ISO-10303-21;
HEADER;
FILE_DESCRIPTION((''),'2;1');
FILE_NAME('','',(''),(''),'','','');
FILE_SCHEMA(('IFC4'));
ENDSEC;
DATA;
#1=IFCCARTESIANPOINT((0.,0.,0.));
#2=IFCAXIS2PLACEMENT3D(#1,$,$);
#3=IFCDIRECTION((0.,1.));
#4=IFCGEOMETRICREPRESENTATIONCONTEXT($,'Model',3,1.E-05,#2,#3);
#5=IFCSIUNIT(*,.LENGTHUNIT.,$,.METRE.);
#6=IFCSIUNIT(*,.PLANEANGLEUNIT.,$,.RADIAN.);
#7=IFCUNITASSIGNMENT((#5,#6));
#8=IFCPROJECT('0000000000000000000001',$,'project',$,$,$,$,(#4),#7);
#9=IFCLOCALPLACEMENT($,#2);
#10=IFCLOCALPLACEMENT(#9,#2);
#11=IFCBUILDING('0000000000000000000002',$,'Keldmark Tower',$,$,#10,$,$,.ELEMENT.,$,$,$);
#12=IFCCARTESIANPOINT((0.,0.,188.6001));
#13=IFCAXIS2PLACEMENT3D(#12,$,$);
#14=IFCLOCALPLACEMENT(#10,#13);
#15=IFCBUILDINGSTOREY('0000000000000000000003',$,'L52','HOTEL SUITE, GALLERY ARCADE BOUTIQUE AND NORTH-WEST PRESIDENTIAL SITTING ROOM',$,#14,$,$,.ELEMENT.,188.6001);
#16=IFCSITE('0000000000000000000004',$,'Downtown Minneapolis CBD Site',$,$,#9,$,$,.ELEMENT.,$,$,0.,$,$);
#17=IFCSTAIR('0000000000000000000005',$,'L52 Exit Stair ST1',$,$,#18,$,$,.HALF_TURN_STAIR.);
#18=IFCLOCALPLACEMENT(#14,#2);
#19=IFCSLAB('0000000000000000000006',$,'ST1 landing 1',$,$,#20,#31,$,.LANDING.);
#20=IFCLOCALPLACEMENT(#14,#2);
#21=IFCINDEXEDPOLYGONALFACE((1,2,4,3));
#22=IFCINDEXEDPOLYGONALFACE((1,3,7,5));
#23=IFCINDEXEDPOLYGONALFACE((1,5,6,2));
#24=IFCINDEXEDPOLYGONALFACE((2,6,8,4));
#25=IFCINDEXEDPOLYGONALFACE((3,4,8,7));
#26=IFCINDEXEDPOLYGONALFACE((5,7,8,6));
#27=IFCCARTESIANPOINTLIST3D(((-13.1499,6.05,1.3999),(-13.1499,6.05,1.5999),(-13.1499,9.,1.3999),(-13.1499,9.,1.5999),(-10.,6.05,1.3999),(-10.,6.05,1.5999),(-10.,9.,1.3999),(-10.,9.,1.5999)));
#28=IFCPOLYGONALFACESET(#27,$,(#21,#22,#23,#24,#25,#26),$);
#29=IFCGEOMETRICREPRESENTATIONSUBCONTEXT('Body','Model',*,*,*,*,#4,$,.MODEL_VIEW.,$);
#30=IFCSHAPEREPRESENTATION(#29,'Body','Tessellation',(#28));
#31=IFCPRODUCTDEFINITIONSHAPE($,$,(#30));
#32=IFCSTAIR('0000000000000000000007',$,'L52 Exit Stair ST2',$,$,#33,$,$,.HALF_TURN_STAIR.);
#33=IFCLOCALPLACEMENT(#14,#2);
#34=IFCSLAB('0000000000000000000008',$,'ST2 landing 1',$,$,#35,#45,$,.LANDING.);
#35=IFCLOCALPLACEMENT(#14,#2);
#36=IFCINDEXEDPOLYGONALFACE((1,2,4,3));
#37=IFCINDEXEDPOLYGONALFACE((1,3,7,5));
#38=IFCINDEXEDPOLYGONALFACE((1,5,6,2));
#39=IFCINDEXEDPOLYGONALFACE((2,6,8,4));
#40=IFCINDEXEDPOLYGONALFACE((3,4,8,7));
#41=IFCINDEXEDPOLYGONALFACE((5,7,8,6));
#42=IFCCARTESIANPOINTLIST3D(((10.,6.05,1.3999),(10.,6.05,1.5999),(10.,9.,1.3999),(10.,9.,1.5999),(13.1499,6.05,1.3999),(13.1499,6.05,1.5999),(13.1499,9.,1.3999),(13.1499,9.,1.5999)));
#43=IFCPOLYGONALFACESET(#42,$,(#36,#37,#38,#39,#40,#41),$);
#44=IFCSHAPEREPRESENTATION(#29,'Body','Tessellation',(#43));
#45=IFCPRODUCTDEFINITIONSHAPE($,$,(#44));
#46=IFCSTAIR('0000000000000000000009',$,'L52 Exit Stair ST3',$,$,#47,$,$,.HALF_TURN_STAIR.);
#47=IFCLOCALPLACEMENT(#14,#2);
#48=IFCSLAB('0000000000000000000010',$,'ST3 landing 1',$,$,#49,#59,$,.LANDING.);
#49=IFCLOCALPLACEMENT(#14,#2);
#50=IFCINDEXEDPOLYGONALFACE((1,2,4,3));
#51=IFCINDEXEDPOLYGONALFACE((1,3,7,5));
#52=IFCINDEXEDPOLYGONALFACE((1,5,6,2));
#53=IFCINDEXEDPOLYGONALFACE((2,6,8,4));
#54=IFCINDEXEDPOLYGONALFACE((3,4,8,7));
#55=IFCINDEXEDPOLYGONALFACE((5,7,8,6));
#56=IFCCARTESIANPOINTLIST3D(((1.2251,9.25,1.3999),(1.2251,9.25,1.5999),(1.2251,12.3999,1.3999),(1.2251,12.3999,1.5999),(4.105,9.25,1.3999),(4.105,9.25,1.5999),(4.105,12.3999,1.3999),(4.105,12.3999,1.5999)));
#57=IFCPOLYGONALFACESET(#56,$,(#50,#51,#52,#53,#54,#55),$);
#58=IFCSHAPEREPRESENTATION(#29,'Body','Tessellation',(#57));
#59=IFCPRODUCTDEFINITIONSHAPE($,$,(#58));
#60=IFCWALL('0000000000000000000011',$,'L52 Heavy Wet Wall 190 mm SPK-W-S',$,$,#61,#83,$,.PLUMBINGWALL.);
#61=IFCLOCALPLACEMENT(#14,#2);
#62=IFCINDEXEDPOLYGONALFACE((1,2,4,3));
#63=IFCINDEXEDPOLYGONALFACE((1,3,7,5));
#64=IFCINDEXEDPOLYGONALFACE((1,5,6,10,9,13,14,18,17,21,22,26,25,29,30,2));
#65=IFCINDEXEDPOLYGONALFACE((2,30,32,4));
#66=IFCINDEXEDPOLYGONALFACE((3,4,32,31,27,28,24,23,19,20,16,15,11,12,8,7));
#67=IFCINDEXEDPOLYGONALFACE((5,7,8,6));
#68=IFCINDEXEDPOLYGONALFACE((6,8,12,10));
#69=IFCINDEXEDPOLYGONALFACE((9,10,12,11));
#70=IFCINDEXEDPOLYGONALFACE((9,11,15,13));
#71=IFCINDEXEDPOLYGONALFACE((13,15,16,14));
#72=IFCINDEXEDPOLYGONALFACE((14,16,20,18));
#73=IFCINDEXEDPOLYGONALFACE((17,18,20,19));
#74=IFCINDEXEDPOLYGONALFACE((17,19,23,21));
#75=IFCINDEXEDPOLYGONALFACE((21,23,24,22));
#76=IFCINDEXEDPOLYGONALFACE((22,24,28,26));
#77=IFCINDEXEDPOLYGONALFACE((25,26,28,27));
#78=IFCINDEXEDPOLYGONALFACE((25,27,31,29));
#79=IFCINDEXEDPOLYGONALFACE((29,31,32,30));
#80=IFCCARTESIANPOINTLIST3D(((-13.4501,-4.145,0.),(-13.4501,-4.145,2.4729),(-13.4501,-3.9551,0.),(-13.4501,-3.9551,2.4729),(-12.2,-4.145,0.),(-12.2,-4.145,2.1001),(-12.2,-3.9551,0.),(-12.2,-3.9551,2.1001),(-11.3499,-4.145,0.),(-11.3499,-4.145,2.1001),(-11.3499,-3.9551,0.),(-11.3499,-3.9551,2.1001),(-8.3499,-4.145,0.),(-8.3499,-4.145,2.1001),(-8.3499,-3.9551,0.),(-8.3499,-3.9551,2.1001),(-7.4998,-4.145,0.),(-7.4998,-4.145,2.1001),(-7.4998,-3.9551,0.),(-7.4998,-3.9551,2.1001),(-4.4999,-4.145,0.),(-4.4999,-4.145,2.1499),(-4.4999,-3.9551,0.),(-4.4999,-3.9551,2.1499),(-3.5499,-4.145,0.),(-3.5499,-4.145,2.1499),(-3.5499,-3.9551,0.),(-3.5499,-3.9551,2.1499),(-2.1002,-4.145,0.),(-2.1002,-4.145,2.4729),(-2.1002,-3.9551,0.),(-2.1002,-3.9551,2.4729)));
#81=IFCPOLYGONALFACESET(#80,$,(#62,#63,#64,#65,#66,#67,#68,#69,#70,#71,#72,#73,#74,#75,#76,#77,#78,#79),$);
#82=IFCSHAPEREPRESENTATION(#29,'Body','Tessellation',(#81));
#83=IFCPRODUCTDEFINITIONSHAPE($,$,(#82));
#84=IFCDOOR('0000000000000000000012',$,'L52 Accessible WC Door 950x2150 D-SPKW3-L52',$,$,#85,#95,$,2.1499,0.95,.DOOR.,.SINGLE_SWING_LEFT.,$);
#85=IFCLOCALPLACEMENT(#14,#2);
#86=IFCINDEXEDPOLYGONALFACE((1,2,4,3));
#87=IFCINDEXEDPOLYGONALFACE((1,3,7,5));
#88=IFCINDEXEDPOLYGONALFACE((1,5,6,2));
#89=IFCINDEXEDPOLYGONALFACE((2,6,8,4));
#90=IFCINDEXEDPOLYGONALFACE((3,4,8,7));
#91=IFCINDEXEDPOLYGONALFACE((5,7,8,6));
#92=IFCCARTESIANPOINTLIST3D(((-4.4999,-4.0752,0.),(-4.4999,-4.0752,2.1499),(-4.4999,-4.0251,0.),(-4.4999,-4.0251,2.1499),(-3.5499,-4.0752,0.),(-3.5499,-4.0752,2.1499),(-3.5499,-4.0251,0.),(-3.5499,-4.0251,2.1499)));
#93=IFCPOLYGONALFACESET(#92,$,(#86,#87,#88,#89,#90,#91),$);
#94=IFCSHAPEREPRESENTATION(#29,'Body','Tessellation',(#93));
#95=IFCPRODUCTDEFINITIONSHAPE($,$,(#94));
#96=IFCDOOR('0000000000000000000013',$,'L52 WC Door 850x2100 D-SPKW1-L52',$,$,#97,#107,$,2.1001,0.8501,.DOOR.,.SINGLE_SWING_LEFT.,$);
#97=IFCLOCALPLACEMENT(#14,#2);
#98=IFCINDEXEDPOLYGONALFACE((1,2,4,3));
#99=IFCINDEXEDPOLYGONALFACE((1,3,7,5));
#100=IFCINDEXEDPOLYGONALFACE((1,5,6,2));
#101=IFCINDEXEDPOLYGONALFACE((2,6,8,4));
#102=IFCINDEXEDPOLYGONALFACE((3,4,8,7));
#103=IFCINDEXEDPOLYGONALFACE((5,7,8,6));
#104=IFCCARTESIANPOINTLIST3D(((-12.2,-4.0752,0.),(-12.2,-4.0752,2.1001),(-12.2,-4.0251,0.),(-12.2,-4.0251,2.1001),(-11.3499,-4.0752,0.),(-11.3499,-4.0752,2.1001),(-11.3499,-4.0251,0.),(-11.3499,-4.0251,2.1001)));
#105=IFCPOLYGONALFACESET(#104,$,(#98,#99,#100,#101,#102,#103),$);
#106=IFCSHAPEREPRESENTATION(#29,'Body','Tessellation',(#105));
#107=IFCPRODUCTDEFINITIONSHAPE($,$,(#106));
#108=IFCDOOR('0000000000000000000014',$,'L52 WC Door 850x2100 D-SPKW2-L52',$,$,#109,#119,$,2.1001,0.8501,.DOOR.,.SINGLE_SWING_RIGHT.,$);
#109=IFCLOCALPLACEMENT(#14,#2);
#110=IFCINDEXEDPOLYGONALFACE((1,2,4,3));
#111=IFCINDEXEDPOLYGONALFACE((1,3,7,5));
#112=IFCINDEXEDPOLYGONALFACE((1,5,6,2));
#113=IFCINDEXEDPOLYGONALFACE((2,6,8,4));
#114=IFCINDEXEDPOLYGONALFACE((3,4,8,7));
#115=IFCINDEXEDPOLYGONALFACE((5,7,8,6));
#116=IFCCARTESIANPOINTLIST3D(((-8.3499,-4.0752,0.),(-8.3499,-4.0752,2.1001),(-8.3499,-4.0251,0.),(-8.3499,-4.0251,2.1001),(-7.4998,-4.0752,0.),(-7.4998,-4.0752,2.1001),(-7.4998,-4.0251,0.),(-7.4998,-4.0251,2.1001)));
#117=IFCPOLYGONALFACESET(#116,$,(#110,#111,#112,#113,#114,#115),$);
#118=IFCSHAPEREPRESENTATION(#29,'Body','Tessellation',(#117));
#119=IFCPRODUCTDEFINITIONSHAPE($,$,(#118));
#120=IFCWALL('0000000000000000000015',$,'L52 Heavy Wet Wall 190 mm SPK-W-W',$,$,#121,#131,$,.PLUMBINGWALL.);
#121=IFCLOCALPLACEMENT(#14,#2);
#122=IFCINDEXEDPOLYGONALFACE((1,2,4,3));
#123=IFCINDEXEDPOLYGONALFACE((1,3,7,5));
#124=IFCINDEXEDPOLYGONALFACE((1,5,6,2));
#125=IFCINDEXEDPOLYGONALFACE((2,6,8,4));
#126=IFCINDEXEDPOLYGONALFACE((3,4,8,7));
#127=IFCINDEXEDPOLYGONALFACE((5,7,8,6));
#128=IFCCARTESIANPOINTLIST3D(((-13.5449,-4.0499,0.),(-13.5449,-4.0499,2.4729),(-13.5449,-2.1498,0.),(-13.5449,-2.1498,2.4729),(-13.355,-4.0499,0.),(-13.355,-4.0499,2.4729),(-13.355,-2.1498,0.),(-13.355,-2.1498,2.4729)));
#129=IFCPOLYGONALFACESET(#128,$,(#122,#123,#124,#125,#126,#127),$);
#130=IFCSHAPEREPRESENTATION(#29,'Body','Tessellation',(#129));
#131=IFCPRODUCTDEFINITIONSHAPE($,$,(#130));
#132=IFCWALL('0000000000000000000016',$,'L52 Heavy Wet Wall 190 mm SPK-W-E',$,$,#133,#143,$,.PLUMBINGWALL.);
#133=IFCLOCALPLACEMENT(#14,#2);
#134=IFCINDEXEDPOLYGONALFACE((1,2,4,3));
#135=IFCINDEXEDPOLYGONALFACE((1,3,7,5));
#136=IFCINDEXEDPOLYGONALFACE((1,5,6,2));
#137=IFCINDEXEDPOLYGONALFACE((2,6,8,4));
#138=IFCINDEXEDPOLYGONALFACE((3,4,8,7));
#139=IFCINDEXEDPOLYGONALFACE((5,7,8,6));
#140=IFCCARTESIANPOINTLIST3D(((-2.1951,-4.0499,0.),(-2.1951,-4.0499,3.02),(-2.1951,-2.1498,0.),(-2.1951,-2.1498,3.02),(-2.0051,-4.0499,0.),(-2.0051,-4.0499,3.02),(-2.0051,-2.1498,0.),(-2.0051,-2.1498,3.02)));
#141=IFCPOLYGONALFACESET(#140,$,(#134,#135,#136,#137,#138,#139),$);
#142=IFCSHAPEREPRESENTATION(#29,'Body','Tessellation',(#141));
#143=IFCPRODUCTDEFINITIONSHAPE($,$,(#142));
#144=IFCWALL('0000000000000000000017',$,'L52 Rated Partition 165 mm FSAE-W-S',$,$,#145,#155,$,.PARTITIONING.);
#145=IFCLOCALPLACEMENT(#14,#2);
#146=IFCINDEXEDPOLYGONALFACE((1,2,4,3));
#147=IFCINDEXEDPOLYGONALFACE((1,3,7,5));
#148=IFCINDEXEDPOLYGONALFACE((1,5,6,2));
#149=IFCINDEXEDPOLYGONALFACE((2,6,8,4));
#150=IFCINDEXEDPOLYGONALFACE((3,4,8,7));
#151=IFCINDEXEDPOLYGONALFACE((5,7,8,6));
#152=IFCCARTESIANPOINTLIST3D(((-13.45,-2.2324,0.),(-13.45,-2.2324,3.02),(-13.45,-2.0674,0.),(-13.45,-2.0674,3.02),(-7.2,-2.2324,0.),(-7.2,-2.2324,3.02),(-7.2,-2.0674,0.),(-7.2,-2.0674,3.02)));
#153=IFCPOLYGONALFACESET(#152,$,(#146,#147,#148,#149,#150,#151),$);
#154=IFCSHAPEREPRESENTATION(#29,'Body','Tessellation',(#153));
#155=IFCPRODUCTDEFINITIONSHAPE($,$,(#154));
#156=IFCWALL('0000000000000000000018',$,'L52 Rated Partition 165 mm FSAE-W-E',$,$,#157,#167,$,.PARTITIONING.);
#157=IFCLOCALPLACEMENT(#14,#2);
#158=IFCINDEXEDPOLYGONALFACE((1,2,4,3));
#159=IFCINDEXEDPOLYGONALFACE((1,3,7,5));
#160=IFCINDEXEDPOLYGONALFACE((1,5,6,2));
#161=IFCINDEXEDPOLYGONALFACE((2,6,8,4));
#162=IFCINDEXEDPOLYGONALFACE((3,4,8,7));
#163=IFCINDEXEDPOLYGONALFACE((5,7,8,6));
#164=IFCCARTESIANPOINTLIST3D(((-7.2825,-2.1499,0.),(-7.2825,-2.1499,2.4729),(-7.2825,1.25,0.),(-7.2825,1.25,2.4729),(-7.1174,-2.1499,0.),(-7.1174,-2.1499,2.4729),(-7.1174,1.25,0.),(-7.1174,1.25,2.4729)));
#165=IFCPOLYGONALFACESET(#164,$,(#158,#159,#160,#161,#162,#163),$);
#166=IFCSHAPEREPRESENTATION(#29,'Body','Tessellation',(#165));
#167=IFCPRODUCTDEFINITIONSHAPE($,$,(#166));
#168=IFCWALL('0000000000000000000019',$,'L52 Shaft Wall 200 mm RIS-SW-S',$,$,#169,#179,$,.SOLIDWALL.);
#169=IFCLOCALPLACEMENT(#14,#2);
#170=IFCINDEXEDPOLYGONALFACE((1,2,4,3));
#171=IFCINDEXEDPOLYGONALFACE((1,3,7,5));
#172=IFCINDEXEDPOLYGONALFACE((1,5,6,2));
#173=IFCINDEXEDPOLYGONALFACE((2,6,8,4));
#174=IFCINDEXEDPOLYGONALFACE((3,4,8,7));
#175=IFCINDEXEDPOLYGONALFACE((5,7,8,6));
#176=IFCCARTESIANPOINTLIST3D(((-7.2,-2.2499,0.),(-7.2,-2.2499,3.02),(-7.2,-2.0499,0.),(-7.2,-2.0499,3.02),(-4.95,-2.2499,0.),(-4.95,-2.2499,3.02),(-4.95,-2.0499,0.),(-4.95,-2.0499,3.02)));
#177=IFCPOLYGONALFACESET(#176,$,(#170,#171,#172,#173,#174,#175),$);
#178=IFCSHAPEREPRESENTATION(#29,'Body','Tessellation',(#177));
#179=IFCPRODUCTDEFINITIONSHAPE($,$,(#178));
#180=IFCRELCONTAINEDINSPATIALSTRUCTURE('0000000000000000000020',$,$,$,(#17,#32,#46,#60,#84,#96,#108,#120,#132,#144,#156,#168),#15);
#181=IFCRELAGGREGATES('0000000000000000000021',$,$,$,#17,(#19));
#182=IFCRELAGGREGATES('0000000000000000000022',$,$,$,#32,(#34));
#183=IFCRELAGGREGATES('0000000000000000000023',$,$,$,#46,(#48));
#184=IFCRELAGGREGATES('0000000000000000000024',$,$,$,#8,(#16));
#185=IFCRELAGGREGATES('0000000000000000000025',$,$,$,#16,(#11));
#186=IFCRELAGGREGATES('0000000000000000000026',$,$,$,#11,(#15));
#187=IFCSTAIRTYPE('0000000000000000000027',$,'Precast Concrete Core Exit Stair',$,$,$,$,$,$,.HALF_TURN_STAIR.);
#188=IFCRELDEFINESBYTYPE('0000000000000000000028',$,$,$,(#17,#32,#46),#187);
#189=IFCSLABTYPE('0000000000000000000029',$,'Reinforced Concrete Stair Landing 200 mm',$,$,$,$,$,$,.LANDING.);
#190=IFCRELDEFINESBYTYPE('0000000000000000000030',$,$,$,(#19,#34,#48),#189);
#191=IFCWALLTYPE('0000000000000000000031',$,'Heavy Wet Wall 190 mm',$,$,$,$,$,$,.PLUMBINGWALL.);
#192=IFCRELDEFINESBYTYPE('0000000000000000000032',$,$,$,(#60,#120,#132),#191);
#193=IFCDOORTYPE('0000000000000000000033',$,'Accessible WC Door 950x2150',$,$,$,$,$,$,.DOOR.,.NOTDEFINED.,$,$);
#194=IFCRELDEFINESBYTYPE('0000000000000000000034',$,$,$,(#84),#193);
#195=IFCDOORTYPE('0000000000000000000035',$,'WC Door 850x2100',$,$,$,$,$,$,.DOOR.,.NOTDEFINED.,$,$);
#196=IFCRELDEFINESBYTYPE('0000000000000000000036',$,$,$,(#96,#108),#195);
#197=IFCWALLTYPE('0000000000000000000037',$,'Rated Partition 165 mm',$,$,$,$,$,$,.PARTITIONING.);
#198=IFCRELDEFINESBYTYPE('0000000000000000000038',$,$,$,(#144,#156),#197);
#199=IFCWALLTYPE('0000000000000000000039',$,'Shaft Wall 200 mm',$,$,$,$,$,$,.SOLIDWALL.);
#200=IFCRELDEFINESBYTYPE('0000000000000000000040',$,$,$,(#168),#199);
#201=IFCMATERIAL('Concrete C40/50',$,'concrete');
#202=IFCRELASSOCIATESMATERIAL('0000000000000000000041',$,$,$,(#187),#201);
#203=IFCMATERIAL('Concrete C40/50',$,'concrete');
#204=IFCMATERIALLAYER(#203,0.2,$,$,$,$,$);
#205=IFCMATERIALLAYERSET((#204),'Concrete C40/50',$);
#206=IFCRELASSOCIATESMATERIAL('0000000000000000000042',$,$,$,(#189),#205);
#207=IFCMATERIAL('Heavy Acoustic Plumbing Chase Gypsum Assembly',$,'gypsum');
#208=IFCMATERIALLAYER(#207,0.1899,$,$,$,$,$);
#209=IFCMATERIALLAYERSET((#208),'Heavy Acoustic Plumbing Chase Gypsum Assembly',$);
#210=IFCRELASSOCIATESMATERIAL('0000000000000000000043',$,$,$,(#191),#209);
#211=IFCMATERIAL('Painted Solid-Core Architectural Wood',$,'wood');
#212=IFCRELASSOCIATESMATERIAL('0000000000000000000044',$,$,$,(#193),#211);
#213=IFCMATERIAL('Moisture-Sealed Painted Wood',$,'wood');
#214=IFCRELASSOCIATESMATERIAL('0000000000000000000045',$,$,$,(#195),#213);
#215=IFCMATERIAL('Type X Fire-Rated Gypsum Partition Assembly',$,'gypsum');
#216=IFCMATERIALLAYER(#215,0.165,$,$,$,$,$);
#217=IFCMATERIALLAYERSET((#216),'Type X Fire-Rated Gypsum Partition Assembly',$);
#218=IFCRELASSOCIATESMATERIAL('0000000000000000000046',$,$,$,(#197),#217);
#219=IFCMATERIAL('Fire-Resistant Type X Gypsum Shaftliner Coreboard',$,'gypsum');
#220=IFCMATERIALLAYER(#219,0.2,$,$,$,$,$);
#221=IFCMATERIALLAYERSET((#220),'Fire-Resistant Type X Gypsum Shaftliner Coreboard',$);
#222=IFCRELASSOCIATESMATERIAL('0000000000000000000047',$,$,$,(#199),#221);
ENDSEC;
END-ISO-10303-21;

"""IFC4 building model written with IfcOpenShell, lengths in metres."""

from ifc_helpers import new_model, si_unit, direction, frame, frame_2d, origin, place, context, subcontext, project, spatial, polyline, rectangle, outline, extrude, material, layer, layer_set, type_object, element, fill, aggregate, save


model = new_model("IFC4")

# Units and contexts
model_context = context("Model", 3, precision=1e-05, world=origin(), true_north=direction((0.0, 1.0)))
body_context = subcontext(model_context, "Body", "Model", "MODEL_VIEW")
ifc_project = project(units=[si_unit("LENGTHUNIT", "METRE"), si_unit("PLANEANGLEUNIT", "RADIAN")], contexts=[model_context])

# Site, building, storey
site_placement = place(None, origin())
site = spatial("IfcSite", under=ifc_project, at=site_placement, Name="Downtown Minneapolis CBD Site", CompositionType="ELEMENT", RefElevation=0.0)
building_placement = place(site_placement, origin())
building = spatial("IfcBuilding", under=site, at=building_placement, Name="Keldmark Tower", CompositionType="ELEMENT")
storey_placement = place(building_placement, frame((0.0, 0.0, 188.6001)))
storey = spatial("IfcBuildingStorey", under=building, at=storey_placement, Name="L52", Description="HOTEL SUITE, GALLERY ARCADE BOUTIQUE AND NORTH-WEST PRESIDENTIAL SITTING ROOM", CompositionType="ELEMENT", Elevation=188.6001)

# Stairs, slabs
ifc_material_1 = material(Name="Concrete C40/50", Category="concrete")
stair_type = type_object("IfcStairType", Name="Precast Concrete Core Exit Stair", PredefinedType="HALF_TURN_STAIR", material=ifc_material_1)
stair_1_placement = place(storey_placement, origin())
stair_1 = element("IfcStair", 1, at=stair_1_placement, inside=storey, type_object=stair_type, Name="L52 Exit Stair ST1", PredefinedType="HALF_TURN_STAIR")
ifc_material_2 = material(Name="Concrete C40/50", Category="concrete")
ifc_layer_1 = layer(ifc_material_2, 0.2)
ifc_layer_set_1 = layer_set([ifc_layer_1], Name="Concrete C40/50")
slab_type_1 = type_object("IfcSlabType", Name="Reinforced Concrete Stair Landing 200 mm", PredefinedType="LANDING", material=ifc_layer_set_1)
slab_1_placement = place(storey_placement, frame((0.0, 0.0, 1.3999)))
slab_1 = element("IfcSlab", 2, at=slab_1_placement, type_object=slab_type_1, Name="ST1 landing 1", PredefinedType="LANDING", context=body_context, shape_type="SweptSolid", body=[
    extrude(outline(polyline([(-10.0, 6.05), (-10.0, 9.0), (-13.1499, 9.0), (-13.1499, 6.05), (-10.0, 6.05)])), origin(), (0.0, 0.0, 1.0), 0.2),
])
aggregate(stair_1, [slab_1])
stair_2_placement = place(storey_placement, origin())
stair_2 = element("IfcStair", 3, at=stair_2_placement, inside=storey, type_object=stair_type, Name="L52 Exit Stair ST2", PredefinedType="HALF_TURN_STAIR")
slab_2_placement = place(storey_placement, frame((0.0, 0.0, 1.3999)))
slab_2 = element("IfcSlab", 4, at=slab_2_placement, type_object=slab_type_1, Name="ST2 landing 1", PredefinedType="LANDING", context=body_context, shape_type="SweptSolid", body=[
    extrude(outline(polyline([(13.1499, 6.05), (13.1499, 9.0), (10.0, 9.0), (10.0, 6.05), (13.1499, 6.05)])), origin(), (0.0, 0.0, 1.0), 0.2),
])
aggregate(stair_2, [slab_2])
stair_3_placement = place(storey_placement, origin())
stair_3 = element("IfcStair", 5, at=stair_3_placement, inside=storey, type_object=stair_type, Name="L52 Exit Stair ST3", PredefinedType="HALF_TURN_STAIR")
slab_3_placement = place(storey_placement, frame((0.0, 0.0, 1.3999)))
slab_3 = element("IfcSlab", 6, at=slab_3_placement, type_object=slab_type_1, Name="ST3 landing 1", PredefinedType="LANDING", context=body_context, shape_type="SweptSolid", body=[
    extrude(outline(polyline([(1.2251, 9.25), (4.105, 9.25), (4.105, 12.3999), (1.2251, 12.3999), (1.2251, 9.25)])), origin(), (0.0, 0.0, 1.0), 0.2),
])
aggregate(stair_3, [slab_3])

# Wall, openings, doors
ifc_material_3 = material(Name="Heavy Acoustic Plumbing Chase Gypsum Assembly", Category="gypsum")
ifc_layer_2 = layer(ifc_material_3, 0.1899)
ifc_layer_set_2 = layer_set([ifc_layer_2], Name="Heavy Acoustic Plumbing Chase Gypsum Assembly")
wall_type_1 = type_object("IfcWallType", Name="Heavy Wet Wall 190 mm", PredefinedType="PLUMBINGWALL", material=ifc_layer_set_2)
wall_1_placement = place(storey_placement, frame((-13.45, -4.05, 0.0), z_axis=(0.0, 0.0, 1.0), x_axis=(1.0, 0.0, 0.0)))
wall_1 = element("IfcWall", 7, at=wall_1_placement, inside=storey, type_object=wall_type_1, Name="L52 Heavy Wet Wall 190 mm SPK-W-S", PredefinedType="PLUMBINGWALL", context=body_context, shape_type="SweptSolid", body=[
    extrude(rectangle(XDim=11.3499, YDim=0.1899, at=frame_2d((5.6748, 0.0))), origin(), (0.0, 0.0, 1.0), 2.4729),
])
opening_1_placement = place(wall_1_placement, frame((1.25, 0.0, 0.0)))
opening_1 = element("IfcOpeningElement", 8, at=opening_1_placement, cuts=wall_1, PredefinedType="OPENING", context=body_context, shape_type="SweptSolid", body=[
    extrude(rectangle(XDim=0.8501, YDim=2.1001, at=frame_2d((0.425, 1.05))), frame((0.0, 0.105, 0.0), z_axis=(0.0, -1.0, 0.0), x_axis=(1.0, 0.0, 0.0)), (0.0, 0.0, 1.0), 0.21),
])
opening_2_placement = place(wall_1_placement, frame((5.1001, 0.0, 0.0)))
opening_2 = element("IfcOpeningElement", 9, at=opening_2_placement, cuts=wall_1, PredefinedType="OPENING", context=body_context, shape_type="SweptSolid", body=[
    extrude(rectangle(XDim=0.8501, YDim=2.1001, at=frame_2d((0.425, 1.05))), frame((0.0, 0.105, 0.0), z_axis=(0.0, -1.0, 0.0), x_axis=(1.0, 0.0, 0.0)), (0.0, 0.0, 1.0), 0.21),
])
opening_3_placement = place(wall_1_placement, frame((8.95, 0.0, 0.0)))
opening_3 = element("IfcOpeningElement", 10, at=opening_3_placement, cuts=wall_1, PredefinedType="OPENING", context=body_context, shape_type="SweptSolid", body=[
    extrude(rectangle(XDim=0.95, YDim=2.1499, at=frame_2d((0.4751, 1.075))), frame((0.0, 0.105, 0.0), z_axis=(0.0, -1.0, 0.0), x_axis=(1.0, 0.0, 0.0)), (0.0, 0.0, 1.0), 0.21),
])
ifc_material_4 = material(Name="Painted Solid-Core Architectural Wood", Category="wood")
door_type_1 = type_object("IfcDoorType", Name="Accessible WC Door 950x2150", OperationType="NOTDEFINED", PredefinedType="DOOR", material=ifc_material_4)
door_1_placement = place(opening_3_placement, origin())
door_1 = element("IfcDoor", 11, at=door_1_placement, inside=storey, type_object=door_type_1, Name="L52 Accessible WC Door 950x2150 D-SPKW3-L52", OperationType="SINGLE_SWING_LEFT", OverallHeight=2.1499, OverallWidth=0.95, PredefinedType="DOOR", context=body_context, shape_type="SweptSolid", body=[
    extrude(rectangle(XDim=0.95, YDim=2.1499, at=frame_2d((0.4751, 1.075))), frame((0.0, 0.0249, 0.0), z_axis=(0.0, -1.0, 0.0), x_axis=(1.0, 0.0, 0.0)), (0.0, 0.0, 1.0), 0.05),
])
fill(opening_3, door_1)
ifc_material_5 = material(Name="Moisture-Sealed Painted Wood", Category="wood")
door_type_2 = type_object("IfcDoorType", Name="WC Door 850x2100", OperationType="NOTDEFINED", PredefinedType="DOOR", material=ifc_material_5)
door_2_placement = place(opening_1_placement, origin())
door_2 = element("IfcDoor", 12, at=door_2_placement, inside=storey, type_object=door_type_2, Name="L52 WC Door 850x2100 D-SPKW1-L52", OperationType="SINGLE_SWING_LEFT", OverallHeight=2.1001, OverallWidth=0.8501, PredefinedType="DOOR", context=body_context, shape_type="SweptSolid", body=[
    extrude(rectangle(XDim=0.8501, YDim=2.1001, at=frame_2d((0.425, 1.05))), frame((0.0, 0.0249, 0.0), z_axis=(0.0, -1.0, 0.0), x_axis=(1.0, 0.0, 0.0)), (0.0, 0.0, 1.0), 0.05),
])
fill(opening_1, door_2)
door_3_placement = place(opening_2_placement, origin())
door_3 = element("IfcDoor", 13, at=door_3_placement, inside=storey, type_object=door_type_2, Name="L52 WC Door 850x2100 D-SPKW2-L52", OperationType="SINGLE_SWING_RIGHT", OverallHeight=2.1001, OverallWidth=0.8501, PredefinedType="DOOR", context=body_context, shape_type="SweptSolid", body=[
    extrude(rectangle(XDim=0.8501, YDim=2.1001, at=frame_2d((0.425, 1.05))), frame((0.0, 0.0249, 0.0), z_axis=(0.0, -1.0, 0.0), x_axis=(1.0, 0.0, 0.0)), (0.0, 0.0, 1.0), 0.05),
])
fill(opening_2, door_3)

# Walls
wall_2_placement = place(storey_placement, frame((-13.45, -4.05, 0.0), z_axis=(0.0, 0.0, 1.0), x_axis=(0.0, 1.0, 0.0)))
element("IfcWall", 14, at=wall_2_placement, inside=storey, type_object=wall_type_1, Name="L52 Heavy Wet Wall 190 mm SPK-W-W", PredefinedType="PLUMBINGWALL", context=body_context, shape_type="SweptSolid", body=[
    extrude(rectangle(XDim=1.9001, YDim=0.1899, at=frame_2d((0.9502, 0.0))), origin(), (0.0, 0.0, 1.0), 2.4729),
])
wall_3_placement = place(storey_placement, frame((-2.1001, -4.05, 0.0), z_axis=(0.0, 0.0, 1.0), x_axis=(0.0, 1.0, 0.0)))
element("IfcWall", 15, at=wall_3_placement, inside=storey, type_object=wall_type_1, Name="L52 Heavy Wet Wall 190 mm SPK-W-E", PredefinedType="PLUMBINGWALL", context=body_context, shape_type="SweptSolid", body=[
    extrude(rectangle(XDim=1.9001, YDim=0.1899, at=frame_2d((0.9502, 0.0))), origin(), (0.0, 0.0, 1.0), 3.02),
])
ifc_material_6 = material(Name="Type X Fire-Rated Gypsum Partition Assembly", Category="gypsum")
ifc_layer_3 = layer(ifc_material_6, 0.165)
ifc_layer_set_3 = layer_set([ifc_layer_3], Name="Type X Fire-Rated Gypsum Partition Assembly")
wall_type_2 = type_object("IfcWallType", Name="Rated Partition 165 mm", PredefinedType="PARTITIONING", material=ifc_layer_set_3)
wall_4_placement = place(storey_placement, frame((-13.45, -2.1499, 0.0), z_axis=(0.0, 0.0, 1.0), x_axis=(1.0, 0.0, 0.0)))
element("IfcWall", 16, at=wall_4_placement, inside=storey, type_object=wall_type_2, Name="L52 Rated Partition 165 mm FSAE-W-S", PredefinedType="PARTITIONING", context=body_context, shape_type="SweptSolid", body=[
    extrude(rectangle(XDim=6.25, YDim=0.165, at=frame_2d((3.125, 0.0))), origin(), (0.0, 0.0, 1.0), 3.02),
])

# Walls
wall_5_placement = place(storey_placement, frame((-7.2, -2.1499, 0.0), z_axis=(0.0, 0.0, 1.0), x_axis=(0.0, 1.0, 0.0)))
element("IfcWall", 17, at=wall_5_placement, inside=storey, type_object=wall_type_2, Name="L52 Rated Partition 165 mm FSAE-W-E", PredefinedType="PARTITIONING", context=body_context, shape_type="SweptSolid", body=[
    extrude(rectangle(XDim=3.3999, YDim=0.165, at=frame_2d((1.7, 0.0))), origin(), (0.0, 0.0, 1.0), 2.4729),
])
ifc_material_7 = material(Name="Fire-Resistant Type X Gypsum Shaftliner Coreboard", Category="gypsum")
ifc_layer_4 = layer(ifc_material_7, 0.2)
ifc_layer_set_4 = layer_set([ifc_layer_4], Name="Fire-Resistant Type X Gypsum Shaftliner Coreboard")
wall_type_3 = type_object("IfcWallType", Name="Shaft Wall 200 mm", PredefinedType="SOLIDWALL", material=ifc_layer_set_4)
wall_6_placement = place(storey_placement, frame((-7.2, -2.1499, 0.0), z_axis=(0.0, 0.0, 1.0), x_axis=(1.0, 0.0, 0.0)))
element("IfcWall", 18, at=wall_6_placement, inside=storey, type_object=wall_type_3, Name="L52 Shaft Wall 200 mm RIS-SW-S", PredefinedType="SOLIDWALL", context=body_context, shape_type="SweptSolid", body=[
    extrude(rectangle(XDim=2.25, YDim=0.2, at=frame_2d((1.125, 0.0))), origin(), (0.0, 0.0, 1.0), 3.02),
])

save(model, "model.ifc")
